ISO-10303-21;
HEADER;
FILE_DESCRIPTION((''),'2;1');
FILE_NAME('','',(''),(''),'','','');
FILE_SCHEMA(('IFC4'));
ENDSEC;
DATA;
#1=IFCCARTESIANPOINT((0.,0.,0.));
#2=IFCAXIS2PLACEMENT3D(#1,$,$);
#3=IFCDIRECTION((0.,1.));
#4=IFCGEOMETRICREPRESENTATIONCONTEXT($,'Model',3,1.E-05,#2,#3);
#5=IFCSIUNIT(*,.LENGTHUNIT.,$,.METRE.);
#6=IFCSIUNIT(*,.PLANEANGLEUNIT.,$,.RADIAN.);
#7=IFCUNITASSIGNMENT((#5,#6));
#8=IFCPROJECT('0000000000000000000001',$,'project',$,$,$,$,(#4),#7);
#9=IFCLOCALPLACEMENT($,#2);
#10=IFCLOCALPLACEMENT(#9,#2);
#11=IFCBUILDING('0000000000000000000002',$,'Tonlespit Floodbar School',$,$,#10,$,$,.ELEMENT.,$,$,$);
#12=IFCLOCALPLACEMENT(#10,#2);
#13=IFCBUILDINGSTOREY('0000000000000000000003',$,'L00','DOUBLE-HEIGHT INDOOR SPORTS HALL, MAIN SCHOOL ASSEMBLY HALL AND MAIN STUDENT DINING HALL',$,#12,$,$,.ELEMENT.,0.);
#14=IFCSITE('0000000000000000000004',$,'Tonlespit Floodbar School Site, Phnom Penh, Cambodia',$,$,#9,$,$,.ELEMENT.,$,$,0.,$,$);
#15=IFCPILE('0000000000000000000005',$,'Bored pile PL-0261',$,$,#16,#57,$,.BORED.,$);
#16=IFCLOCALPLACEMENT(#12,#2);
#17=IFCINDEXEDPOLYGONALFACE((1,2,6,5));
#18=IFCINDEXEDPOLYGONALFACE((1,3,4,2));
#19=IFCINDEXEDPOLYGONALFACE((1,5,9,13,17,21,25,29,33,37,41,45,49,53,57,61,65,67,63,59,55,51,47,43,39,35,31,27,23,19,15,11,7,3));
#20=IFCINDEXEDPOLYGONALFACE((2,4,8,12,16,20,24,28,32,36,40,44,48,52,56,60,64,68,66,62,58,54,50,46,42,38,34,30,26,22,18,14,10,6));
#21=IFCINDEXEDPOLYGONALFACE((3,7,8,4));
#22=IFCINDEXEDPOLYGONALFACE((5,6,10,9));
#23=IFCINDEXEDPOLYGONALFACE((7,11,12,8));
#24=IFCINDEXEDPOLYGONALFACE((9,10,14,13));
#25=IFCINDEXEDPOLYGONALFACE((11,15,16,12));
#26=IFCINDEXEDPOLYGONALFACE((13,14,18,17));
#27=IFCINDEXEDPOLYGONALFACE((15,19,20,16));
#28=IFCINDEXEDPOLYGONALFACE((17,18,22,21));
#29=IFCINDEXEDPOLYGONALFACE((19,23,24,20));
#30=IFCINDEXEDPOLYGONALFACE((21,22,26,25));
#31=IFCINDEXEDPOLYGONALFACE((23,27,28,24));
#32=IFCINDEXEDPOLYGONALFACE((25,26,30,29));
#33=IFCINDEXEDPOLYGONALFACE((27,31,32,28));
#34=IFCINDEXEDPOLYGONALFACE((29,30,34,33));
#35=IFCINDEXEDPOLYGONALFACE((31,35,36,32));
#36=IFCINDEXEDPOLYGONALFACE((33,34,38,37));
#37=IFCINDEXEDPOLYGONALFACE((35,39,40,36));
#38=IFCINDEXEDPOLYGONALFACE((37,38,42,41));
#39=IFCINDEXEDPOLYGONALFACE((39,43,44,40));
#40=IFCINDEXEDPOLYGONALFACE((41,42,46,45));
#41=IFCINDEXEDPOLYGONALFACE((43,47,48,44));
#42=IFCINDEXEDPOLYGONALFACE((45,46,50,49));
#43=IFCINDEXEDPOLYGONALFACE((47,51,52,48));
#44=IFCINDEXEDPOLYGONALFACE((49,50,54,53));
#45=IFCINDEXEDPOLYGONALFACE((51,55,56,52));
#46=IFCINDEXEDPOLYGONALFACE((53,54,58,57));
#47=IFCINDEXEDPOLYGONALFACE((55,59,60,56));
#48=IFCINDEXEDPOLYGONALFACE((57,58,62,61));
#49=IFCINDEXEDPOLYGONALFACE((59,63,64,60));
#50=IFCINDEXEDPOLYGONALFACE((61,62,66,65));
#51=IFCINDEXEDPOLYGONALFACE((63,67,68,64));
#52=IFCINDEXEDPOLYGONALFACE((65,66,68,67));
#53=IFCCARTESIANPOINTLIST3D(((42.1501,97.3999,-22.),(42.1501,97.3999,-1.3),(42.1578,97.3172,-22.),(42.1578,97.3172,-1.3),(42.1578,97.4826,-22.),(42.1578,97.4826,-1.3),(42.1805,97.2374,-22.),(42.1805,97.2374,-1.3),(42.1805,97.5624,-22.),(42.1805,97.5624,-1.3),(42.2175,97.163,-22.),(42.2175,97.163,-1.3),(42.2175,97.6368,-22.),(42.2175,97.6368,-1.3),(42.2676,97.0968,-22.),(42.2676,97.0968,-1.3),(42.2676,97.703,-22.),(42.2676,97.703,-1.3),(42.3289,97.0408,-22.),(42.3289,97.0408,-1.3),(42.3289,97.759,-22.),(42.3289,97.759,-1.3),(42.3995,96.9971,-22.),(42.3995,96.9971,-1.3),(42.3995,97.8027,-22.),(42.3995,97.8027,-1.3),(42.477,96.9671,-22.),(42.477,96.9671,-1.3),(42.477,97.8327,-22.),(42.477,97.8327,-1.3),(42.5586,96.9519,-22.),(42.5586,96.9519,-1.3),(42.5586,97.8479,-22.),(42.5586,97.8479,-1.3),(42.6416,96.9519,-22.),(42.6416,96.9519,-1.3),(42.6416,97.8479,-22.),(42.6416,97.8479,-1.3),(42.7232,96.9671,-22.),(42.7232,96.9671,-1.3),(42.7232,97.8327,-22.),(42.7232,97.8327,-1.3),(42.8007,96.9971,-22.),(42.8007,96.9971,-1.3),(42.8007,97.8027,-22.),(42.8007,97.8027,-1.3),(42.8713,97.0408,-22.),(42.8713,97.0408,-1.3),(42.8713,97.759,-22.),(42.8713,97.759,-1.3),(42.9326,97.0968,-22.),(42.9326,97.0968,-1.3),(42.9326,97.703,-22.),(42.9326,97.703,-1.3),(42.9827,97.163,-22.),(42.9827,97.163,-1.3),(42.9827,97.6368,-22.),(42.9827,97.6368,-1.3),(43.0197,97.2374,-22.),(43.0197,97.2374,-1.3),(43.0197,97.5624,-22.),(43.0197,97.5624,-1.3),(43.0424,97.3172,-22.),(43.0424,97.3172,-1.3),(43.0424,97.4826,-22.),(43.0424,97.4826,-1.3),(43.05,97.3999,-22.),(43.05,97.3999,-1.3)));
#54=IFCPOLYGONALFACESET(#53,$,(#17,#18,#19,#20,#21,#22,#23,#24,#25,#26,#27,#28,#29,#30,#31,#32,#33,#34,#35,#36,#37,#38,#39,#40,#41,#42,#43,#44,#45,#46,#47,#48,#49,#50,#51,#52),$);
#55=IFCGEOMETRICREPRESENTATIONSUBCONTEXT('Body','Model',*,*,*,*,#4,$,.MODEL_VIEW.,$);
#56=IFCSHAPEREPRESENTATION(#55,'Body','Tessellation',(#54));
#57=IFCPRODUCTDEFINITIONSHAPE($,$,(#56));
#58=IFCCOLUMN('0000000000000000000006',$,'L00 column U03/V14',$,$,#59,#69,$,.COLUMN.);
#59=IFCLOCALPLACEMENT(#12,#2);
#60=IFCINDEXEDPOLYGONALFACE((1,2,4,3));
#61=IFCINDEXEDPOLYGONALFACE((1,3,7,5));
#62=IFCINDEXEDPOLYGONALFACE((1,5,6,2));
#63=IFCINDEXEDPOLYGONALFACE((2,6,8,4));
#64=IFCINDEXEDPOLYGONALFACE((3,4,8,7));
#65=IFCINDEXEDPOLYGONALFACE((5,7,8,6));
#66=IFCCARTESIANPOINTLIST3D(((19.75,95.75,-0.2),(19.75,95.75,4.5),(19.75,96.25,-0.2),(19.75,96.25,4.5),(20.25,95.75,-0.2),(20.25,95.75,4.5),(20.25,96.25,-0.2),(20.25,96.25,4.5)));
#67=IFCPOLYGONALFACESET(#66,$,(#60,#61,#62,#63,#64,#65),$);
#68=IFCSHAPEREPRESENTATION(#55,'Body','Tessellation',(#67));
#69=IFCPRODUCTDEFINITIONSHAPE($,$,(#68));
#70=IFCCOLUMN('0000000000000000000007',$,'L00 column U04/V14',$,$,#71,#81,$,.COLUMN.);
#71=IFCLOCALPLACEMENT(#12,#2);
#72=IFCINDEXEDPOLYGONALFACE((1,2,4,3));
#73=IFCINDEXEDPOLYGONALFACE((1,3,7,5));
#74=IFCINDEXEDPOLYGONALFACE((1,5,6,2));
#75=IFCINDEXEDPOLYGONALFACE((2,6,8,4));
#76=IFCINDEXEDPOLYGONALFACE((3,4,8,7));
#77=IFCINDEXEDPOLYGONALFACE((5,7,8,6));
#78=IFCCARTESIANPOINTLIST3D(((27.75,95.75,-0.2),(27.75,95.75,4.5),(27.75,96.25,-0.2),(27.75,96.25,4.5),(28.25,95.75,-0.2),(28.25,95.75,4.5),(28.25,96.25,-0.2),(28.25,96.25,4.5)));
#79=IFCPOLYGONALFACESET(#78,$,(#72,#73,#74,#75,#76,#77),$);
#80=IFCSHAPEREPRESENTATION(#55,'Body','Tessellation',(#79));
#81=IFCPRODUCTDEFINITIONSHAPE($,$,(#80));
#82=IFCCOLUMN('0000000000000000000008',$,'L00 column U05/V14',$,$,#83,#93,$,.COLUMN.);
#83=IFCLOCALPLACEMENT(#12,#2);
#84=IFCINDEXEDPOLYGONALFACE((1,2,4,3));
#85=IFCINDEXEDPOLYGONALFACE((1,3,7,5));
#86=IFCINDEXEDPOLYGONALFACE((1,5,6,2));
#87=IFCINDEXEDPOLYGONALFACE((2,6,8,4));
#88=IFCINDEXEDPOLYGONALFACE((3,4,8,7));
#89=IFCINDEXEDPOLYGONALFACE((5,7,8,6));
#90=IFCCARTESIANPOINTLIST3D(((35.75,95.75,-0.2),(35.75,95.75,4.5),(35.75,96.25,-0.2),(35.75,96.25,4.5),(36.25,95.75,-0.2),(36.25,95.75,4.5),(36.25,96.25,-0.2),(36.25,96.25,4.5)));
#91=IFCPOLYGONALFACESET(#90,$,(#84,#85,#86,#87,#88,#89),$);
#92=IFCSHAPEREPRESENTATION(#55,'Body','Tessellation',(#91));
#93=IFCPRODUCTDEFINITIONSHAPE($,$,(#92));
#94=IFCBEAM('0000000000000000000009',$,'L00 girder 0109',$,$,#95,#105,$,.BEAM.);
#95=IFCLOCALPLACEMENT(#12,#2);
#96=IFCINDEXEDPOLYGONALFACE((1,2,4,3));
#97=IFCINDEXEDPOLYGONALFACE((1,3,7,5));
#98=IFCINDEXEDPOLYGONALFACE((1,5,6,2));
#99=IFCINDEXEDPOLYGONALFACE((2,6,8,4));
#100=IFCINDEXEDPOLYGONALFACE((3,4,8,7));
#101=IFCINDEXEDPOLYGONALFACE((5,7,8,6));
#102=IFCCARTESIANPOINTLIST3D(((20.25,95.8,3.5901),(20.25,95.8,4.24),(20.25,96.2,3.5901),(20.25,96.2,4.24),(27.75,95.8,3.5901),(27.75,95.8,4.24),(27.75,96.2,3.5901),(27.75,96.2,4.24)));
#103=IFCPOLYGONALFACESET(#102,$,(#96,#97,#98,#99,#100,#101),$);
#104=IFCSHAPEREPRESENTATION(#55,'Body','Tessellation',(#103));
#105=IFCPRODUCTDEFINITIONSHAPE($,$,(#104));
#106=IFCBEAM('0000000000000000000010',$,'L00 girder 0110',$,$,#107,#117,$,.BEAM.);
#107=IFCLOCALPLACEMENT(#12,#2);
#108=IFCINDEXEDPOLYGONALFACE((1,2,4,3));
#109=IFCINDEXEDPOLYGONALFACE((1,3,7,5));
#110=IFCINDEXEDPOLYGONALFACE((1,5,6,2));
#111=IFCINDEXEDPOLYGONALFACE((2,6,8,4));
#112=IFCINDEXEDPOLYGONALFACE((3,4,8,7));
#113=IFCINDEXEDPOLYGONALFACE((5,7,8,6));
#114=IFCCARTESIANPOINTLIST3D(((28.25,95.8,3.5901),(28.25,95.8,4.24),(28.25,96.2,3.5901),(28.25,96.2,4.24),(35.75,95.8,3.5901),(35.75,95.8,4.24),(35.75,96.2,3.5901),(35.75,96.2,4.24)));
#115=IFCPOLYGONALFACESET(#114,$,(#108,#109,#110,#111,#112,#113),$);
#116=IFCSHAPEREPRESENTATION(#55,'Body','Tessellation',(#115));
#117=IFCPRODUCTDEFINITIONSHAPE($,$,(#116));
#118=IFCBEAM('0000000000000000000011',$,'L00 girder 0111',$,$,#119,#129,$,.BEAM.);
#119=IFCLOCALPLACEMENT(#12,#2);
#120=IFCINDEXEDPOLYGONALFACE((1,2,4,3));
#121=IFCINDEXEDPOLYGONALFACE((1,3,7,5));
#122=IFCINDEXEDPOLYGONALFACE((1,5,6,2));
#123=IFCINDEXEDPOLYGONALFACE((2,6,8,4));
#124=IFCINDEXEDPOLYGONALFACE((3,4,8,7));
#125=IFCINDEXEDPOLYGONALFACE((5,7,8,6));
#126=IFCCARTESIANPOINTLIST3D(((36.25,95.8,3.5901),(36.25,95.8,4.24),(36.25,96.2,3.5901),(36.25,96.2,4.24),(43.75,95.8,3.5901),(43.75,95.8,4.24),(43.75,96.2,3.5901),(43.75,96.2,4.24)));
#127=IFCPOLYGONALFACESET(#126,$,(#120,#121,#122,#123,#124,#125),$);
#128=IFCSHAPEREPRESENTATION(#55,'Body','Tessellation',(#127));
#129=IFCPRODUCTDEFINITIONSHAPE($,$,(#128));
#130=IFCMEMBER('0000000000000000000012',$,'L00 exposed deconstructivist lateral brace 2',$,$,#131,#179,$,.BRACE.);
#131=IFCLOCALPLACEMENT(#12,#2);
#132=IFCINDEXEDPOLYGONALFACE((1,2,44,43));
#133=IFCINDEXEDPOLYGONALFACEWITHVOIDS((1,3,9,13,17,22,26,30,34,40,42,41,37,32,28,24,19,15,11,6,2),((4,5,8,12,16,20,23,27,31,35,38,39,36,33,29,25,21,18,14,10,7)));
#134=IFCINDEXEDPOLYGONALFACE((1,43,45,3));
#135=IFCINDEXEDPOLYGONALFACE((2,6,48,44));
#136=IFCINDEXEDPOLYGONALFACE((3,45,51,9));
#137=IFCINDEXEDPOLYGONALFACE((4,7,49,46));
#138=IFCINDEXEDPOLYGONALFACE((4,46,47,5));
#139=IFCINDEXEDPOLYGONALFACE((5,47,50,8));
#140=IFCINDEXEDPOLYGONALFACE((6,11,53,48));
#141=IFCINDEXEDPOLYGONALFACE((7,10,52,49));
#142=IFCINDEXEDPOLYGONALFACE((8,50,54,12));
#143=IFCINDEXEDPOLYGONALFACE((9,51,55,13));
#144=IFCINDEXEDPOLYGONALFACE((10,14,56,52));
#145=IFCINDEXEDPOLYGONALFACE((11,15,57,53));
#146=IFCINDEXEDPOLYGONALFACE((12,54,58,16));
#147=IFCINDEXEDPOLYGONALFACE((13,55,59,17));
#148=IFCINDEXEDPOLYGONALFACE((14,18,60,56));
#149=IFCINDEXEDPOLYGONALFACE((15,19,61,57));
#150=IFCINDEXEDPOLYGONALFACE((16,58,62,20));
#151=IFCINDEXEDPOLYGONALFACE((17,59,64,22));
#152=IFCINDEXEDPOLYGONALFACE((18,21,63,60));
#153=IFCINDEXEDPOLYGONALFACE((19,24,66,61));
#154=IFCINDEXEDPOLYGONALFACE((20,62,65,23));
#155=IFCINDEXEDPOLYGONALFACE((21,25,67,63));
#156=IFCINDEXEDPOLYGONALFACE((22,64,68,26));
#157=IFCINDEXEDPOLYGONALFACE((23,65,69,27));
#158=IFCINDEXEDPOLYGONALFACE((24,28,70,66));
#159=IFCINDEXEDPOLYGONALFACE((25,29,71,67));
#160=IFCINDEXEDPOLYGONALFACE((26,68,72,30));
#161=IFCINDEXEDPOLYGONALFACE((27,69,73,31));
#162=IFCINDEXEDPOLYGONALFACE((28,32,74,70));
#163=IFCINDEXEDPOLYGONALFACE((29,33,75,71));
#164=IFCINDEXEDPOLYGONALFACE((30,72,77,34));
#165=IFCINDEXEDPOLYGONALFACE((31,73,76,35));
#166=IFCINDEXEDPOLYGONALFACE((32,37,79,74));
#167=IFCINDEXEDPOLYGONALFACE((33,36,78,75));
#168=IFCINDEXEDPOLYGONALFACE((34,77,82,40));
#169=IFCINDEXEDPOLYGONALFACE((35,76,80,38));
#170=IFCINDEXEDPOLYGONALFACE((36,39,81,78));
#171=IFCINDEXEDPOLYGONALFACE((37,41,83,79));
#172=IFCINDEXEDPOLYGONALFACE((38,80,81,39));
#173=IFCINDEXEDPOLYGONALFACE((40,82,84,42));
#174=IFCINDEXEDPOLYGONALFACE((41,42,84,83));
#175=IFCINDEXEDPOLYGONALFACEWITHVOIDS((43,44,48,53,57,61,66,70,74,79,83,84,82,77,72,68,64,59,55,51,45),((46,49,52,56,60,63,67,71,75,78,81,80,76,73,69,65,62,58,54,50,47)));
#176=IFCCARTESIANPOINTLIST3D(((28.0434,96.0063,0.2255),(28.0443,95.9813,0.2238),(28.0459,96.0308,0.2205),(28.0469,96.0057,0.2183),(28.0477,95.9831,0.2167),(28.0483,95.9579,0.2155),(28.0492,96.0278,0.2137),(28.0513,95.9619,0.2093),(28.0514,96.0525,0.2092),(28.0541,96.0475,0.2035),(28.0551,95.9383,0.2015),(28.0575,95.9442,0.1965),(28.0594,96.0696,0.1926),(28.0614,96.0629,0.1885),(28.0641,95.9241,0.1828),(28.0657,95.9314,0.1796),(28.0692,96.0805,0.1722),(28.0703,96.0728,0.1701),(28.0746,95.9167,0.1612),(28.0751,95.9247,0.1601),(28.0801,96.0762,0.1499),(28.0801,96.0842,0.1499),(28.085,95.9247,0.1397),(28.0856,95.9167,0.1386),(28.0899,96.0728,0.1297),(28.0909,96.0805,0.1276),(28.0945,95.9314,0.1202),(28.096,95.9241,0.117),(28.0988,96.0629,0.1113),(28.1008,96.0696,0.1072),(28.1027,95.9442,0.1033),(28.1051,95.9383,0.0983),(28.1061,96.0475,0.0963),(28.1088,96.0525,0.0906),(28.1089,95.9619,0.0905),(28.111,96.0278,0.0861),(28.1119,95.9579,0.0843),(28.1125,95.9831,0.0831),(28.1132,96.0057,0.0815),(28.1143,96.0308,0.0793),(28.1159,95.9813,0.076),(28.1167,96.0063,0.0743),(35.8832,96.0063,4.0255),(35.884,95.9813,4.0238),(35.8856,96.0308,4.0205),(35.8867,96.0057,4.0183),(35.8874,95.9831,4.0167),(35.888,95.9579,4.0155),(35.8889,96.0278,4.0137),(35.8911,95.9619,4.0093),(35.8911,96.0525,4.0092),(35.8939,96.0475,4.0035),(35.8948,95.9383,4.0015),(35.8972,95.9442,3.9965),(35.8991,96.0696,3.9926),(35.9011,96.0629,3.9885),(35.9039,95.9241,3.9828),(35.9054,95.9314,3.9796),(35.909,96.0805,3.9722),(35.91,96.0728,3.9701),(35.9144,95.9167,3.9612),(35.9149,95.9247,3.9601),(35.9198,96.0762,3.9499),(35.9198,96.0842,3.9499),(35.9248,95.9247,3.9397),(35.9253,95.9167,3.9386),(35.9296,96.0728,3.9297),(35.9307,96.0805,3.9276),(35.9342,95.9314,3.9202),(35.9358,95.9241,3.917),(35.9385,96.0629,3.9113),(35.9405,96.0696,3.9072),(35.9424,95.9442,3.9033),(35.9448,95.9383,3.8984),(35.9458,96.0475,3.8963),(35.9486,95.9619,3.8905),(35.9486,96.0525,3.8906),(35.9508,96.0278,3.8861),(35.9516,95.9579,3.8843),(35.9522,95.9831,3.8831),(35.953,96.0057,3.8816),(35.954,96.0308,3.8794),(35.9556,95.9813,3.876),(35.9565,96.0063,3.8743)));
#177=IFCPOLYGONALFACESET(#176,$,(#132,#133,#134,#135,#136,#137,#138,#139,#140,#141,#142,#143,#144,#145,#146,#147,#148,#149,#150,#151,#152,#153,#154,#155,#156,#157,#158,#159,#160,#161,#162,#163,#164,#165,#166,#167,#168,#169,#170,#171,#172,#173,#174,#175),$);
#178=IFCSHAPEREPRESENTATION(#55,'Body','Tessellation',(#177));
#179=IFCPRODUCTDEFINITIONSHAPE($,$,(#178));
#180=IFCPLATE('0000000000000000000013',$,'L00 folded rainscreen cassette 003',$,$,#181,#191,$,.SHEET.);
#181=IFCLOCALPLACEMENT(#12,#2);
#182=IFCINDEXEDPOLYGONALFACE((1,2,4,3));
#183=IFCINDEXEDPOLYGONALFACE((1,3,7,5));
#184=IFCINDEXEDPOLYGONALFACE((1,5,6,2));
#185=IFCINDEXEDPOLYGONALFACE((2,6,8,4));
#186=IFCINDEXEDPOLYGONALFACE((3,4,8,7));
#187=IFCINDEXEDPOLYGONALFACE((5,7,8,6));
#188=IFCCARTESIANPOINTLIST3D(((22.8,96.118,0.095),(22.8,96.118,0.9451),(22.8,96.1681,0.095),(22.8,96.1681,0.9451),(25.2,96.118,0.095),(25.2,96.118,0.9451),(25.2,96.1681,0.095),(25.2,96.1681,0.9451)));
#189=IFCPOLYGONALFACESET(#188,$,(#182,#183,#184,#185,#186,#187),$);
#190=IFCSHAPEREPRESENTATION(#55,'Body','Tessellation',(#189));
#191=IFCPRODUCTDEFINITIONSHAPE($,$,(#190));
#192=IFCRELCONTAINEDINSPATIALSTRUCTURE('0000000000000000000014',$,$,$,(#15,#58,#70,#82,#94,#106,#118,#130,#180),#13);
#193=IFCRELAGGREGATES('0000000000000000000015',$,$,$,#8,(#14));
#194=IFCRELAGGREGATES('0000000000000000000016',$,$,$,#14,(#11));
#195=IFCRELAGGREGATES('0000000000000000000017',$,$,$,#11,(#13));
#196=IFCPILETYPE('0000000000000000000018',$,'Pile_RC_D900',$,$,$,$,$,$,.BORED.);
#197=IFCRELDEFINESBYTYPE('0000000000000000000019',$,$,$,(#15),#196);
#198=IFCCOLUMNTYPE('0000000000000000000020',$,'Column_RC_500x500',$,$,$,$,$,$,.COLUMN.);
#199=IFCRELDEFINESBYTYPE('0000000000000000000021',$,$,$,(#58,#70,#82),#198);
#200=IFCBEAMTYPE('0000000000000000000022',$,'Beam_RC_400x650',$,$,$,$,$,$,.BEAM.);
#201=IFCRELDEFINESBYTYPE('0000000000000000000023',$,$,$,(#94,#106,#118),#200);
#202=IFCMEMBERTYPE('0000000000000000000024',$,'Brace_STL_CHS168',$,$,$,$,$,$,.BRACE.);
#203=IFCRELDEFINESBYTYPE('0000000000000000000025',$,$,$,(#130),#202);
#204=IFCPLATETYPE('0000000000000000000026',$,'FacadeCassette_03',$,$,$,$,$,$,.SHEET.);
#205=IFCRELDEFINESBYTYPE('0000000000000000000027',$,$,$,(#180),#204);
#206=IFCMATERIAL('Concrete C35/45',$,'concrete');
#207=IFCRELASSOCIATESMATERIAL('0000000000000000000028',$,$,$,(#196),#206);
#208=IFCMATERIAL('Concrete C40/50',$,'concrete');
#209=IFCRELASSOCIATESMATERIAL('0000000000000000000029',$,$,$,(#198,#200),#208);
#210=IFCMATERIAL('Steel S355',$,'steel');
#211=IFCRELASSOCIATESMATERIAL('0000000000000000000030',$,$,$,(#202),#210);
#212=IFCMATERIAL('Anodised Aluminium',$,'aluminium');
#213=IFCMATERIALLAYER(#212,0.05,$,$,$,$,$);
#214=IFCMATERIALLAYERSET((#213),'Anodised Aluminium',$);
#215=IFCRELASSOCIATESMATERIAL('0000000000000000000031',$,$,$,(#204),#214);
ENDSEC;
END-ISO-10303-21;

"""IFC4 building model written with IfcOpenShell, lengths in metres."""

from ifc_helpers import new_model, si_unit, direction, frame, origin, origin_2d, place, context, subcontext, project, spatial, rectangle, circle, hollow_circle, extrude, material, layer, layer_set, material_profile, profile_set, type_object, element, save


model = new_model("IFC4")

# Units and contexts
model_context = context("Model", 3, precision=1e-05, world=origin(), true_north=direction((0.0, 1.0)))
body_context = subcontext(model_context, "Body", "Model", "MODEL_VIEW")
ifc_project = project(units=[si_unit("LENGTHUNIT", "METRE"), si_unit("PLANEANGLEUNIT", "RADIAN")], contexts=[model_context])

# Site, building, storey
site_placement = place(None, origin())
site = spatial("IfcSite", under=ifc_project, at=site_placement, Name="Tonlespit Floodbar School Site, Phnom Penh, Cambodia", CompositionType="ELEMENT", RefElevation=0.0)
building_placement = place(site_placement, origin())
building = spatial("IfcBuilding", under=site, at=building_placement, Name="Tonlespit Floodbar School", CompositionType="ELEMENT")
storey_placement = place(building_placement, origin())
storey = spatial("IfcBuildingStorey", under=building, at=storey_placement, Name="L00", Description="DOUBLE-HEIGHT INDOOR SPORTS HALL, MAIN SCHOOL ASSEMBLY HALL AND MAIN STUDENT DINING HALL", CompositionType="ELEMENT", Elevation=0.0)

# Shared definitions
ifc_material_1 = material(Name="Concrete C40/50", Category="concrete")

# Pile
ifc_material_2 = material(Name="Concrete C35/45", Category="concrete")
ifc_material_profile_1 = material_profile(ifc_material_2, circle(Radius=0.45, at=origin_2d()), Name="BP D900")
ifc_profile_set_1 = profile_set([ifc_material_profile_1], Name="Concrete C35/45")
pile_type_1 = type_object("IfcPileType", Name="Pile_RC_D900", PredefinedType="BORED", material=ifc_profile_set_1)
for number, where, z_axis, x_axis, name in (
    (1, (42.6001, 97.3999, -1.3), (0.0, 0.0, -1.0), (1.0, 0.0, 0.0), "Bored pile PL-0261"),
):
    element("IfcPile", number, at=place(storey_placement, frame(where, z_axis=z_axis, x_axis=x_axis)), inside=storey, type_object=pile_type_1, Name=name, PredefinedType="BORED", context=body_context, shape_type="SweptSolid", body=[
        extrude(circle(Radius=0.45, at=origin_2d()), origin(), (0.0, 0.0, 1.0), 20.7),
    ])

# Columns
ifc_material_profile_2 = material_profile(ifc_material_1, rectangle(XDim=0.5, YDim=0.5, at=origin_2d()), Name="RC 500x500")
ifc_profile_set_2 = profile_set([ifc_material_profile_2], Name="Concrete C40/50")
column_type = type_object("IfcColumnType", Name="Column_RC_500x500", PredefinedType="COLUMN", material=ifc_profile_set_2)
for number, where, z_axis, x_axis, name in (
    (2, (20.0, 96.0, -0.2), (0.0, 0.0, 1.0), (1.0, 0.0, 0.0), "L00 column U03/V14"),
    (3, (28.0, 96.0, -0.2), (0.0, 0.0, 1.0), (1.0, 0.0, 0.0), "L00 column U04/V14"),
    (4, (36.0, 96.0, -0.2), (0.0, 0.0, 1.0), (1.0, 0.0, 0.0), "L00 column U05/V14"),
):
    element("IfcColumn", number, at=place(storey_placement, frame(where, z_axis=z_axis, x_axis=x_axis)), inside=storey, type_object=column_type, Name=name, PredefinedType="COLUMN", context=body_context, shape_type="SweptSolid", body=[
        extrude(rectangle(XDim=0.5, YDim=0.5, at=origin_2d()), origin(), (0.0, 0.0, 1.0), 4.7),
    ])

# Beams
ifc_material_profile_3 = material_profile(ifc_material_1, rectangle(XDim=0.3999, YDim=0.6499, at=origin_2d()), Name="RC 400x650")
ifc_profile_set_3 = profile_set([ifc_material_profile_3], Name="Concrete C40/50")
beam_type = type_object("IfcBeamType", Name="Beam_RC_400x650", PredefinedType="BEAM", material=ifc_profile_set_3)
for number, where, z_axis, x_axis, name in (
    (5, (20.25, 96.0, 3.915), (1.0, 0.0, 0.0), (0.0, 1.0, 0.0), "L00 girder 0109"),
    (6, (28.25, 96.0, 3.915), (1.0, 0.0, 0.0), (0.0, 1.0, 0.0), "L00 girder 0110"),
    (7, (36.25, 96.0, 3.915), (1.0, 0.0, 0.0), (0.0, 1.0, 0.0), "L00 girder 0111"),
):
    element("IfcBeam", number, at=place(storey_placement, frame(where, z_axis=z_axis, x_axis=x_axis)), inside=storey, type_object=beam_type, Name=name, PredefinedType="BEAM", context=body_context, shape_type="SweptSolid", body=[
        extrude(rectangle(XDim=0.3999, YDim=0.6499, at=origin_2d()), origin(), (0.0, 0.0, 1.0), 7.5),
    ])

# Member
ifc_material_3 = material(Name="Steel S355", Category="steel")
ifc_material_profile_4 = material_profile(ifc_material_3, hollow_circle(Radius=0.0842, WallThickness=0.0081, at=origin_2d()), Name="CHS 168.3x8")
ifc_profile_set_4 = profile_set([ifc_material_profile_4], Name="Steel S355")
member_type = type_object("IfcMemberType", Name="Brace_STL_CHS168", PredefinedType="BRACE", material=ifc_profile_set_4)
member_placement = place(storey_placement, frame((28.0801, 96.0, 0.1499), z_axis=(0.899863, 0.0, 0.436172), x_axis=(0.0, 1.0, 0.0)))
element("IfcMember", 8, at=member_placement, inside=storey, type_object=member_type, Name="L00 exposed deconstructivist lateral brace 2", PredefinedType="BRACE", context=body_context, shape_type="SweptSolid", body=[
    extrude(hollow_circle(Radius=0.0842, WallThickness=0.0081, at=origin_2d()), origin(), (0.0, 0.0, 1.0), 8.7122),
])

# Plate
ifc_material_4 = material(Name="Anodised Aluminium", Category="aluminium")
ifc_layer_1 = layer(ifc_material_4, 0.05)
ifc_layer_set_1 = layer_set([ifc_layer_1], Name="Anodised Aluminium")
plate_type_1 = type_object("IfcPlateType", Name="FacadeCassette_03", PredefinedType="SHEET", material=ifc_layer_set_1)
plate_1_placement = place(storey_placement, frame((24.0, 96.1431, 0.095), z_axis=(0.0, 0.0, 1.0), x_axis=(1.0, 0.0, 0.0)))
element("IfcPlate", 9, at=plate_1_placement, inside=storey, type_object=plate_type_1, Name="L00 folded rainscreen cassette 003", PredefinedType="SHEET", context=body_context, shape_type="SweptSolid", body=[
    extrude(rectangle(XDim=2.3999, YDim=0.05, at=origin_2d()), origin(), (0.0, 0.0, 1.0), 0.8501),
])

save(model, "model.ifc")
